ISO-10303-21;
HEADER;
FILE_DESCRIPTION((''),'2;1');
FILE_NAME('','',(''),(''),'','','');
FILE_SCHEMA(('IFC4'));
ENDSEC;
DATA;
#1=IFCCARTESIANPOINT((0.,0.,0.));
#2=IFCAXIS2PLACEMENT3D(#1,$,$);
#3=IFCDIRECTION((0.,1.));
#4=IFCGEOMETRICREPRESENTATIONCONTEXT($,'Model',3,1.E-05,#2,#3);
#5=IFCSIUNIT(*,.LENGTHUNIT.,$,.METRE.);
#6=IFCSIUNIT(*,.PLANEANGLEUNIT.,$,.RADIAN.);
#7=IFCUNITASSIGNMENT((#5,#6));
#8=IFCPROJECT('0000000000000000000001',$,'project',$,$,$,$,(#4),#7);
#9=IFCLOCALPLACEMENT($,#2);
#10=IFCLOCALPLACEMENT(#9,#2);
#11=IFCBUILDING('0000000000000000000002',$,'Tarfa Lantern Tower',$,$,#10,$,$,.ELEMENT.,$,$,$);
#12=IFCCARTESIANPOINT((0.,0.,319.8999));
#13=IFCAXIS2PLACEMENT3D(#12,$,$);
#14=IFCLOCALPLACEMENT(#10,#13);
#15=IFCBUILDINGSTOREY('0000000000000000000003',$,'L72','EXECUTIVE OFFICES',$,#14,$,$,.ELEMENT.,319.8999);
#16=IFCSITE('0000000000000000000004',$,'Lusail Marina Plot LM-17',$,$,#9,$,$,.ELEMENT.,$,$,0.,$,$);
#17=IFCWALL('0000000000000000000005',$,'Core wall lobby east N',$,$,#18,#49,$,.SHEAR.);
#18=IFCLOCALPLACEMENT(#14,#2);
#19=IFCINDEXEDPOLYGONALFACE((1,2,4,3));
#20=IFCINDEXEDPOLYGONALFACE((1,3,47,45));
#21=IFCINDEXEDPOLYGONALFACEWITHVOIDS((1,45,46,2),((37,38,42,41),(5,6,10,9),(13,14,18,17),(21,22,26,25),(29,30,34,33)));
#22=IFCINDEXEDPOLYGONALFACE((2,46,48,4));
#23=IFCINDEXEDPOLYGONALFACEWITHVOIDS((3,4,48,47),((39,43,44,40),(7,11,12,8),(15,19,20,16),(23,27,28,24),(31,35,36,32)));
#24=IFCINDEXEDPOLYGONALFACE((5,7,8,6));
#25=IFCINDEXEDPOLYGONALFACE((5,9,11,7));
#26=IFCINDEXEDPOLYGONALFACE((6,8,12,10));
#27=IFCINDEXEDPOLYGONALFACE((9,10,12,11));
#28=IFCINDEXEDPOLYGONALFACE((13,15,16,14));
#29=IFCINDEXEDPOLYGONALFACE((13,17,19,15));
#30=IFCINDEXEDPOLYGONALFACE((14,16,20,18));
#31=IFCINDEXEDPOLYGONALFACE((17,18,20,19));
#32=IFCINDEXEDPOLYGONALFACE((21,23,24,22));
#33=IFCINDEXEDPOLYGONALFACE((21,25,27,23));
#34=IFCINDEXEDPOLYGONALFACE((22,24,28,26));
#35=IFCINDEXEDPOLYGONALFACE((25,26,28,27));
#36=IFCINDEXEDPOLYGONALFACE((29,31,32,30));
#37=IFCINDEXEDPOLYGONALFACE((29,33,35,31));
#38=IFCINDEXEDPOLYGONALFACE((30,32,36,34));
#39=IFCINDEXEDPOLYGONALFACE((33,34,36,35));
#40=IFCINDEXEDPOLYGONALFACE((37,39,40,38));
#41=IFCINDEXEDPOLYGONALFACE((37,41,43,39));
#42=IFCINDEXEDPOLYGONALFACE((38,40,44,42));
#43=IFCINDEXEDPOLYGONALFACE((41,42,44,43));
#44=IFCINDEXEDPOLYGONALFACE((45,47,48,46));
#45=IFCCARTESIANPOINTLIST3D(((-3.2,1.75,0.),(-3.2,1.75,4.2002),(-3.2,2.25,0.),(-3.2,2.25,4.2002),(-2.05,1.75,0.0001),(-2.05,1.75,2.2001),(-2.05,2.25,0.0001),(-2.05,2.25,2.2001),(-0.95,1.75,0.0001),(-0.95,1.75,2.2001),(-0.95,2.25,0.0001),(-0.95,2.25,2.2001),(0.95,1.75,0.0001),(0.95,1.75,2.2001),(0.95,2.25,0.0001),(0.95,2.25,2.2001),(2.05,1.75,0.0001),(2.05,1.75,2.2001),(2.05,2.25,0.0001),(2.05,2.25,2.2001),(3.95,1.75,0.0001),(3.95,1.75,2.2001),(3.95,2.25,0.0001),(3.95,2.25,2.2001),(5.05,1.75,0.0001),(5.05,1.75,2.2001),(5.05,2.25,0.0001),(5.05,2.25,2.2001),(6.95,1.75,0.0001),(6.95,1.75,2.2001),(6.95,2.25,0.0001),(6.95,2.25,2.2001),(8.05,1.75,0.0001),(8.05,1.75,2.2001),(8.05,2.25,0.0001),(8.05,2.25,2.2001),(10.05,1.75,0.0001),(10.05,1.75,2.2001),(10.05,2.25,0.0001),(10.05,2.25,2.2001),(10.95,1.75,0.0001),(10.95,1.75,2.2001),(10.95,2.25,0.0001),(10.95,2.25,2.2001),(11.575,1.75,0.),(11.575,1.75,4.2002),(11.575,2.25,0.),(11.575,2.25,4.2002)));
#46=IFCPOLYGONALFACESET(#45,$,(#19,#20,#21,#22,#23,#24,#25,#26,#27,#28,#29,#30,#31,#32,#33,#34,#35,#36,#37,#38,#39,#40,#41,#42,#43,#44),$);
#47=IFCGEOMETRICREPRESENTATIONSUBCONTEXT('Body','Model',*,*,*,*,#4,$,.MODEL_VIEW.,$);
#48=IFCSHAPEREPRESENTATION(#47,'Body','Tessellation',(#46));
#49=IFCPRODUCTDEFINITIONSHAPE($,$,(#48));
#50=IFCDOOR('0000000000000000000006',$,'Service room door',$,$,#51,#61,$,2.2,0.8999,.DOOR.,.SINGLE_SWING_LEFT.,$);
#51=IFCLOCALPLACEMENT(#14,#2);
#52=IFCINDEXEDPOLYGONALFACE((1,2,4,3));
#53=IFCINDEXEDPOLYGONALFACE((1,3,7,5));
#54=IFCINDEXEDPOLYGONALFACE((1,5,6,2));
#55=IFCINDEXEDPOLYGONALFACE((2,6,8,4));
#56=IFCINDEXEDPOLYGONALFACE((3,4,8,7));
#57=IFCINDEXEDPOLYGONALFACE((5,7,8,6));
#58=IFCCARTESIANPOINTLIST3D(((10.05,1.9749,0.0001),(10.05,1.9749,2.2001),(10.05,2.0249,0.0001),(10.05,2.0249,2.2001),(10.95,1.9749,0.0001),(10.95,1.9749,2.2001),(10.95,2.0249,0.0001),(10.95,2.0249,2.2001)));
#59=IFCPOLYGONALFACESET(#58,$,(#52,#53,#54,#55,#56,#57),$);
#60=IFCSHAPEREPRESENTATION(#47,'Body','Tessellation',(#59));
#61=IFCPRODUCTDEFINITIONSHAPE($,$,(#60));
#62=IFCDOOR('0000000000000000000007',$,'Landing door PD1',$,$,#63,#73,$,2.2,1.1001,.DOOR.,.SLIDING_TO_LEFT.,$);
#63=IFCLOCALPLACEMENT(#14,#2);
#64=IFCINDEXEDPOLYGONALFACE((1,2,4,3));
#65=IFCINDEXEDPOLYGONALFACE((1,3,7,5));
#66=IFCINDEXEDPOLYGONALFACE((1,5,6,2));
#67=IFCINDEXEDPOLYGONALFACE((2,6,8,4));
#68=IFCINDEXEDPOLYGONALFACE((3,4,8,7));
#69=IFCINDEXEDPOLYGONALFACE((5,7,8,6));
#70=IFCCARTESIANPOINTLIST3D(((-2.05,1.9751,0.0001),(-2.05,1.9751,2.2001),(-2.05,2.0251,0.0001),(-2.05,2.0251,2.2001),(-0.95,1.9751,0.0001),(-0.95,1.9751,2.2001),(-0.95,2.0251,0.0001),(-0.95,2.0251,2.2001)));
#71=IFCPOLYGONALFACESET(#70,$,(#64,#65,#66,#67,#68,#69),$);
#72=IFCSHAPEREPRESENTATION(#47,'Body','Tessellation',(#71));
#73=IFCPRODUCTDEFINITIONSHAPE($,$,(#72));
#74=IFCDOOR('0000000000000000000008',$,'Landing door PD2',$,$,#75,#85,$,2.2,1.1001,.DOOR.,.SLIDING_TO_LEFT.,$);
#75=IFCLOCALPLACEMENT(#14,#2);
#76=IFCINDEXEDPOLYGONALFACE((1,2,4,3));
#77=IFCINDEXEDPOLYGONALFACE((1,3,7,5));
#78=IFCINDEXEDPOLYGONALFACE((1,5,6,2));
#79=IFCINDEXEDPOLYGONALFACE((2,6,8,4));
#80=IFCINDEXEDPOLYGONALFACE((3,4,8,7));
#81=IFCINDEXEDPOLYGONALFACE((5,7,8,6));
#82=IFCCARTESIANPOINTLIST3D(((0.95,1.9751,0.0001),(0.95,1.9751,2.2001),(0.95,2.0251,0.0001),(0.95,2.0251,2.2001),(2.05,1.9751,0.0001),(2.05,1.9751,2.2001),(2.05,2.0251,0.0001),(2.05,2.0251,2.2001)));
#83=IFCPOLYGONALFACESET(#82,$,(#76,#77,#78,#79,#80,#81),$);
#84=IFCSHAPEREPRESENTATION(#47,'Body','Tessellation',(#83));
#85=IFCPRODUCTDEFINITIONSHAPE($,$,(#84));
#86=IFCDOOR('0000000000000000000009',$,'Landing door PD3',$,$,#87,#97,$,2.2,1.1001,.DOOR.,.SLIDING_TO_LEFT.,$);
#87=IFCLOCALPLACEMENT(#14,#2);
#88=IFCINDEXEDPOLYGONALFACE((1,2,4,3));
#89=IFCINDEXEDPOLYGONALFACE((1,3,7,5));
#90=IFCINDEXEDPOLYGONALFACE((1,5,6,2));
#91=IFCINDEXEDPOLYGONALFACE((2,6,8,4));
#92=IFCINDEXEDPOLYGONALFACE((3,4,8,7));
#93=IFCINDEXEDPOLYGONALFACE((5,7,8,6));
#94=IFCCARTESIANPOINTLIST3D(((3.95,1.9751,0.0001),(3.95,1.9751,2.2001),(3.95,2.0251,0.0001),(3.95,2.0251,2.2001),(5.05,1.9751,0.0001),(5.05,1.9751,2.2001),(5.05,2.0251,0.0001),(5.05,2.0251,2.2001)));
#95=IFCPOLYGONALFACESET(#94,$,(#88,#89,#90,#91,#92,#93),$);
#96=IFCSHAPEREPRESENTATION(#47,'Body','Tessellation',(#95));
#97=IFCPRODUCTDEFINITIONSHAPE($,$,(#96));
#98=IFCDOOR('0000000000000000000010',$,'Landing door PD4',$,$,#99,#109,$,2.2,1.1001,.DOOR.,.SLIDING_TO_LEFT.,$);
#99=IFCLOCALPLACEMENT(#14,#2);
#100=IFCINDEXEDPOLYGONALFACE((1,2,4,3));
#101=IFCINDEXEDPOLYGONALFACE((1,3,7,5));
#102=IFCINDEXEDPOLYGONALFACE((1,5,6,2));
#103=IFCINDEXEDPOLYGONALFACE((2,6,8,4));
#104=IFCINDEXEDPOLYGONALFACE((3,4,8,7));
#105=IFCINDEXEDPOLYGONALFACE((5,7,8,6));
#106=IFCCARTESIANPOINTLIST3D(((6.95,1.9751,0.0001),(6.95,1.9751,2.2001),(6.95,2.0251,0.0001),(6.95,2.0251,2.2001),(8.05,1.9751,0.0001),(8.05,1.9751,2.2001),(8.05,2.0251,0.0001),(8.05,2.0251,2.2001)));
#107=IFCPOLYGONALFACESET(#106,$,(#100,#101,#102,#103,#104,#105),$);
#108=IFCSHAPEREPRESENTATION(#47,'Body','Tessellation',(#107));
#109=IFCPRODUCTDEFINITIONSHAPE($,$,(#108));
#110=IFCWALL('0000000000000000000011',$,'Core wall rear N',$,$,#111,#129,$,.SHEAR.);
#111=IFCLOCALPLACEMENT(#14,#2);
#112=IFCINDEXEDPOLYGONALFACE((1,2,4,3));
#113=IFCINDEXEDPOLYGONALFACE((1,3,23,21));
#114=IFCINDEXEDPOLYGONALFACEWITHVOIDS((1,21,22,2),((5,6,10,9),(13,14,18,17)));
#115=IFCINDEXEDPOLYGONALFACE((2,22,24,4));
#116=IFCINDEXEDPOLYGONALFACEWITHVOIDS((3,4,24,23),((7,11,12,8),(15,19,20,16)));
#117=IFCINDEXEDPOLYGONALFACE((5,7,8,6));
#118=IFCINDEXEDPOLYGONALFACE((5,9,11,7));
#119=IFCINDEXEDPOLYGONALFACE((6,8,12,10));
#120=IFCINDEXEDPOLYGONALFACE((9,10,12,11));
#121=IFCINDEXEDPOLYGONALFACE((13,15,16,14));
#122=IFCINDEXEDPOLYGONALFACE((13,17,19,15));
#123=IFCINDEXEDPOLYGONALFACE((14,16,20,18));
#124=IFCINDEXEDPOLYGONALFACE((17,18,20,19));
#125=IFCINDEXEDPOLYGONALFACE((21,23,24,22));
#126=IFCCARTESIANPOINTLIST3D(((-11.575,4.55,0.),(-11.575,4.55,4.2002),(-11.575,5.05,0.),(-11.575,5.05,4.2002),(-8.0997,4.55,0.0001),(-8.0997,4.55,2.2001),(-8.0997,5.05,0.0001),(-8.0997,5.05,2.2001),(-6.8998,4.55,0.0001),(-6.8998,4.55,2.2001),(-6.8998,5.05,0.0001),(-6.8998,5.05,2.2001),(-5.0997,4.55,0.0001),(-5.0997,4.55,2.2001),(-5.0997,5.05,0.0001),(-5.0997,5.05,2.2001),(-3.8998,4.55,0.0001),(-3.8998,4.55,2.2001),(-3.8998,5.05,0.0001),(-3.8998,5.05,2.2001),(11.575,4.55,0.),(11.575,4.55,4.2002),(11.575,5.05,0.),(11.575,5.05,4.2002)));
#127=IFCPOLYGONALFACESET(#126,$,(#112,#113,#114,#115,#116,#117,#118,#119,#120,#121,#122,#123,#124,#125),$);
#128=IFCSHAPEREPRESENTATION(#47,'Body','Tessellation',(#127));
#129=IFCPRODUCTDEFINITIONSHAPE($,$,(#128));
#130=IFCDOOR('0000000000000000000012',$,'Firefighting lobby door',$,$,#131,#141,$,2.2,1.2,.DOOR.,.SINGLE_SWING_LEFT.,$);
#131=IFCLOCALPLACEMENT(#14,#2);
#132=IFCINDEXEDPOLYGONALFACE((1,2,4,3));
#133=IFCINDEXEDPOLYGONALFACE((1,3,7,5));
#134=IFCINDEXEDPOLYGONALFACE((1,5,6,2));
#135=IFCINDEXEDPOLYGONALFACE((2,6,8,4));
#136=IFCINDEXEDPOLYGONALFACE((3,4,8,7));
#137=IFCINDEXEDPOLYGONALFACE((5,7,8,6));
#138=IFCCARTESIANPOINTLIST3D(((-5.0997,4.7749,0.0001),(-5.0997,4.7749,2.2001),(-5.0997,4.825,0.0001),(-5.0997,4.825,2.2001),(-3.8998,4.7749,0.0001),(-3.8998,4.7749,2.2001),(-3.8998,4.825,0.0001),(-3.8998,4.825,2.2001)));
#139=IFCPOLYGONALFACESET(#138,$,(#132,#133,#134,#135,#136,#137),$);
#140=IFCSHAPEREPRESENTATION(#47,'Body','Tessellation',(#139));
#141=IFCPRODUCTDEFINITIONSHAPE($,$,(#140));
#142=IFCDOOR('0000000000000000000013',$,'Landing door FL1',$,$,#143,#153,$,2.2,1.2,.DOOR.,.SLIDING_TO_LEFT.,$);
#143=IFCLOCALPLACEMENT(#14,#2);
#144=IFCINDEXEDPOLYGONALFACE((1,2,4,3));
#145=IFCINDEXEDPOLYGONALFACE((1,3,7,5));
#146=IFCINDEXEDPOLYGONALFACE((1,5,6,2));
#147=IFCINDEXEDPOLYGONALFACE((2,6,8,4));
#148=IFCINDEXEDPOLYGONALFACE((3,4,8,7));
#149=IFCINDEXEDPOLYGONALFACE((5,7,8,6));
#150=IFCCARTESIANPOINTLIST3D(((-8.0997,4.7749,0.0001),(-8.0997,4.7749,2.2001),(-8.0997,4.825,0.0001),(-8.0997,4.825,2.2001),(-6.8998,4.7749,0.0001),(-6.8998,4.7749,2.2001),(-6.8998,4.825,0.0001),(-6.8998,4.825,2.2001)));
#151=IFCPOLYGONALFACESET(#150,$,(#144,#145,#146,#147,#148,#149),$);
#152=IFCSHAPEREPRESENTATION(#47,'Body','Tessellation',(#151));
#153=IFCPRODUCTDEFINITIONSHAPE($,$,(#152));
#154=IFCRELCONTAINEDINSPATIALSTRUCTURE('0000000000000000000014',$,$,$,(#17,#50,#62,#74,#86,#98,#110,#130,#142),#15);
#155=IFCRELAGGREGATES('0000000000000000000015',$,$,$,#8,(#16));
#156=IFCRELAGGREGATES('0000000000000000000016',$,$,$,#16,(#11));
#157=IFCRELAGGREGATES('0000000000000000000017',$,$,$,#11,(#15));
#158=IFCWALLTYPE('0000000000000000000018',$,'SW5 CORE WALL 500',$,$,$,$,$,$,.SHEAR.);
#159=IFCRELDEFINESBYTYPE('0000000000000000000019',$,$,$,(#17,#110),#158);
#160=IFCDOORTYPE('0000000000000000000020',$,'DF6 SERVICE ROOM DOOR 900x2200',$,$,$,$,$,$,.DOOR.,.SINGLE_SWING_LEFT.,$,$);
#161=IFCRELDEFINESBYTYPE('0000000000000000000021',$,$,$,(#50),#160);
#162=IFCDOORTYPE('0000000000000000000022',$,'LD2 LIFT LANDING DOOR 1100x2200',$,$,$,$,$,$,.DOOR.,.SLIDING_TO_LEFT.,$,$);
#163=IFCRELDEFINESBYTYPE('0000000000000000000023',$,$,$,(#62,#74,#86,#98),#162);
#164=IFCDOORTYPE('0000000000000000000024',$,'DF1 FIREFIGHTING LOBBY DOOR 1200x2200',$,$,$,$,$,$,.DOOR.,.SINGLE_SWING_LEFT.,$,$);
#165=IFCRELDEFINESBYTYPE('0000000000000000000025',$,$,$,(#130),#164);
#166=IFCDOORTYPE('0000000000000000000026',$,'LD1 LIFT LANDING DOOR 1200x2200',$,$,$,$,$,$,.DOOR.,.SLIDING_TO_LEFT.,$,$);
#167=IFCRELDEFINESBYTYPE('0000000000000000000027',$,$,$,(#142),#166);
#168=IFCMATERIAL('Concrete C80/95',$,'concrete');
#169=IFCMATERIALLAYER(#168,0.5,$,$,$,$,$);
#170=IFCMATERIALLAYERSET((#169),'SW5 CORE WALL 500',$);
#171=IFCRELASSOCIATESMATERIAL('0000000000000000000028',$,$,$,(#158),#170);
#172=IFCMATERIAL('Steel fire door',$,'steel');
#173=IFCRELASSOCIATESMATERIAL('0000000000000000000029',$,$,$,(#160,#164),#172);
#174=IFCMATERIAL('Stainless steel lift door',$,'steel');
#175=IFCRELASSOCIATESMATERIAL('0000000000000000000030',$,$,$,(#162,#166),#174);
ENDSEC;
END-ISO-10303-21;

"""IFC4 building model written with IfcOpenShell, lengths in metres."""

from ifc_helpers import new_model, si_unit, direction, frame, frame_2d, origin, place, context, subcontext, project, spatial, rectangle, extrude, material, layer, layer_set, type_object, element, fill, save


model = new_model("IFC4")

# Units and contexts
model_context = context("Model", 3, precision=1e-05, world=origin(), true_north=direction((0.0, 1.0)))
body_context = subcontext(model_context, "Body", "Model", "MODEL_VIEW")
ifc_project = project(units=[si_unit("LENGTHUNIT", "METRE"), si_unit("PLANEANGLEUNIT", "RADIAN")], contexts=[model_context])

# Site, building, storey
site_placement = place(None, origin())
site = spatial("IfcSite", under=ifc_project, at=site_placement, Name="Lusail Marina Plot LM-17", CompositionType="ELEMENT", RefElevation=0.0)
building_placement = place(site_placement, origin())
building = spatial("IfcBuilding", under=site, at=building_placement, Name="Tarfa Lantern Tower", CompositionType="ELEMENT")
storey_placement = place(building_placement, frame((0.0, 0.0, 319.8999)))
storey = spatial("IfcBuildingStorey", under=building, at=storey_placement, Name="L72", Description="EXECUTIVE OFFICES", CompositionType="ELEMENT", Elevation=319.8999)

# Shared definitions
ifc_material_1 = material(Name="Concrete C80/95", Category="concrete")

# Shared definitions
ifc_material_2 = material(Name="Steel fire door", Category="steel")
ifc_layer_1 = layer(ifc_material_1, 0.5)
ifc_layer_set_1 = layer_set([ifc_layer_1], Name="SW5 CORE WALL 500")
wall_type_1 = type_object("IfcWallType", Name="SW5 CORE WALL 500", PredefinedType="SHEAR", material=ifc_layer_set_1)
door_type_1 = type_object("IfcDoorType", Name="DF6 SERVICE ROOM DOOR 900x2200", OperationType="SINGLE_SWING_LEFT", PredefinedType="DOOR", material=ifc_material_2)

# Walls, openings, doors
wall_1_placement = place(storey_placement, frame((-3.2, 2.0, 0.0), z_axis=(0.0, 0.0, 1.0), x_axis=(1.0, 0.0, 0.0)))
wall_1 = element("IfcWall", 1, at=wall_1_placement, inside=storey, type_object=wall_type_1, Name="Core wall lobby east N", PredefinedType="SHEAR", context=body_context, shape_type="SweptSolid", body=[
    extrude(rectangle(XDim=14.7749, YDim=0.5, at=frame_2d((7.3875, 0.0))), origin(), (0.0, 0.0, 1.0), 4.2002),
])
opening_1_placement = place(wall_1_placement, frame((13.25, 0.0, 0.0)))
opening_1 = element("IfcOpeningElement", 2, at=opening_1_placement, cuts=wall_1, PredefinedType="OPENING", context=body_context, shape_type="SweptSolid", body=[
    extrude(rectangle(XDim=0.8999, YDim=2.2, at=frame_2d((0.45, 1.1001))), frame((0.0, 0.26, 0.0), z_axis=(0.0, -1.0, 0.0), x_axis=(1.0, 0.0, 0.0)), (0.0, 0.0, 1.0), 0.52),
])
opening_2_placement = place(wall_1_placement, frame((1.1499, 0.0, 0.0)))
opening_2 = element("IfcOpeningElement", 3, at=opening_2_placement, cuts=wall_1, PredefinedType="OPENING", context=body_context, shape_type="SweptSolid", body=[
    extrude(rectangle(XDim=1.1001, YDim=2.2, at=frame_2d((0.55, 1.1001))), frame((0.0, 0.26, 0.0), z_axis=(0.0, -1.0, 0.0), x_axis=(1.0, 0.0, 0.0)), (0.0, 0.0, 1.0), 0.52),
])
opening_3_placement = place(wall_1_placement, frame((4.1499, 0.0, 0.0)))
opening_3 = element("IfcOpeningElement", 4, at=opening_3_placement, cuts=wall_1, PredefinedType="OPENING", context=body_context, shape_type="SweptSolid", body=[
    extrude(rectangle(XDim=1.1001, YDim=2.2, at=frame_2d((0.55, 1.1001))), frame((0.0, 0.26, 0.0), z_axis=(0.0, -1.0, 0.0), x_axis=(1.0, 0.0, 0.0)), (0.0, 0.0, 1.0), 0.52),
])
opening_4_placement = place(wall_1_placement, frame((7.1499, 0.0, 0.0)))
opening_4 = element("IfcOpeningElement", 5, at=opening_4_placement, cuts=wall_1, PredefinedType="OPENING", context=body_context, shape_type="SweptSolid", body=[
    extrude(rectangle(XDim=1.1001, YDim=2.2, at=frame_2d((0.55, 1.1001))), frame((0.0, 0.26, 0.0), z_axis=(0.0, -1.0, 0.0), x_axis=(1.0, 0.0, 0.0)), (0.0, 0.0, 1.0), 0.52),
])
opening_5_placement = place(wall_1_placement, frame((10.1499, 0.0, 0.0)))
opening_5 = element("IfcOpeningElement", 6, at=opening_5_placement, cuts=wall_1, PredefinedType="OPENING", context=body_context, shape_type="SweptSolid", body=[
    extrude(rectangle(XDim=1.1001, YDim=2.2, at=frame_2d((0.55, 1.1001))), frame((0.0, 0.26, 0.0), z_axis=(0.0, -1.0, 0.0), x_axis=(1.0, 0.0, 0.0)), (0.0, 0.0, 1.0), 0.52),
])
door_1_placement = place(opening_1_placement, origin())
door_1 = element("IfcDoor", 7, at=door_1_placement, inside=storey, type_object=door_type_1, Name="Service room door", OperationType="SINGLE_SWING_LEFT", OverallHeight=2.2, OverallWidth=0.8999, PredefinedType="DOOR", context=body_context, shape_type="SweptSolid", body=[
    extrude(rectangle(XDim=0.8999, YDim=2.2, at=frame_2d((0.45, 1.1001))), frame((0.0, 0.0249, 0.0), z_axis=(0.0, -1.0, 0.0), x_axis=(1.0, 0.0, 0.0)), (0.0, 0.0, 1.0), 0.05),
])
fill(opening_1, door_1)
ifc_material_3 = material(Name="Stainless steel lift door", Category="steel")
door_type_2 = type_object("IfcDoorType", Name="LD2 LIFT LANDING DOOR 1100x2200", OperationType="SLIDING_TO_LEFT", PredefinedType="DOOR", material=ifc_material_3)
door_2_placement = place(opening_2_placement, frame((1.1001, 0.0, 0.0), z_axis=(0.0, 0.0, 1.0), x_axis=(-1.0, 0.0, 0.0)))
door_2 = element("IfcDoor", 8, at=door_2_placement, inside=storey, type_object=door_type_2, Name="Landing door PD1", OperationType="SLIDING_TO_LEFT", OverallHeight=2.2, OverallWidth=1.1001, PredefinedType="DOOR", context=body_context, shape_type="SweptSolid", body=[
    extrude(rectangle(XDim=1.1001, YDim=2.2, at=frame_2d((0.55, 1.1001))), frame((0.0, 0.0249, 0.0), z_axis=(0.0, -1.0, 0.0), x_axis=(1.0, 0.0, 0.0)), (0.0, 0.0, 1.0), 0.05),
])
fill(opening_2, door_2)
door_3_placement = place(opening_3_placement, frame((1.1001, 0.0, 0.0), z_axis=(0.0, 0.0, 1.0), x_axis=(-1.0, 0.0, 0.0)))
door_3 = element("IfcDoor", 9, at=door_3_placement, inside=storey, type_object=door_type_2, Name="Landing door PD2", OperationType="SLIDING_TO_LEFT", OverallHeight=2.2, OverallWidth=1.1001, PredefinedType="DOOR", context=body_context, shape_type="SweptSolid", body=[
    extrude(rectangle(XDim=1.1001, YDim=2.2, at=frame_2d((0.55, 1.1001))), frame((0.0, 0.0249, 0.0), z_axis=(0.0, -1.0, 0.0), x_axis=(1.0, 0.0, 0.0)), (0.0, 0.0, 1.0), 0.05),
])
fill(opening_3, door_3)
door_4_placement = place(opening_4_placement, frame((1.1001, 0.0, 0.0), z_axis=(0.0, 0.0, 1.0), x_axis=(-1.0, 0.0, 0.0)))
door_4 = element("IfcDoor", 10, at=door_4_placement, inside=storey, type_object=door_type_2, Name="Landing door PD3", OperationType="SLIDING_TO_LEFT", OverallHeight=2.2, OverallWidth=1.1001, PredefinedType="DOOR", context=body_context, shape_type="SweptSolid", body=[
    extrude(rectangle(XDim=1.1001, YDim=2.2, at=frame_2d((0.55, 1.1001))), frame((0.0, 0.0249, 0.0), z_axis=(0.0, -1.0, 0.0), x_axis=(1.0, 0.0, 0.0)), (0.0, 0.0, 1.0), 0.05),
])
fill(opening_4, door_4)
door_5_placement = place(opening_5_placement, frame((1.1001, 0.0, 0.0), z_axis=(0.0, 0.0, 1.0), x_axis=(-1.0, 0.0, 0.0)))
door_5 = element("IfcDoor", 11, at=door_5_placement, inside=storey, type_object=door_type_2, Name="Landing door PD4", OperationType="SLIDING_TO_LEFT", OverallHeight=2.2, OverallWidth=1.1001, PredefinedType="DOOR", context=body_context, shape_type="SweptSolid", body=[
    extrude(rectangle(XDim=1.1001, YDim=2.2, at=frame_2d((0.55, 1.1001))), frame((0.0, 0.0249, 0.0), z_axis=(0.0, -1.0, 0.0), x_axis=(1.0, 0.0, 0.0)), (0.0, 0.0, 1.0), 0.05),
])
fill(opening_5, door_5)
wall_2_placement = place(storey_placement, frame((-11.575, 4.8, 0.0), z_axis=(0.0, 0.0, 1.0), x_axis=(1.0, 0.0, 0.0)))
wall_2 = element("IfcWall", 12, at=wall_2_placement, inside=storey, type_object=wall_type_1, Name="Core wall rear N", PredefinedType="SHEAR", context=body_context, shape_type="SweptSolid", body=[
    extrude(rectangle(XDim=23.1499, YDim=0.5, at=frame_2d((11.575, 0.0))), origin(), (0.0, 0.0, 1.0), 4.2002),
])
opening_6_placement = place(wall_2_placement, frame((6.4751, 0.0, 0.0)))
opening_6 = element("IfcOpeningElement", 13, at=opening_6_placement, cuts=wall_2, PredefinedType="OPENING", context=body_context, shape_type="SweptSolid", body=[
    extrude(rectangle(XDim=1.2, YDim=2.2, at=frame_2d((0.6001, 1.1001))), frame((0.0, 0.26, 0.0), z_axis=(0.0, -1.0, 0.0), x_axis=(1.0, 0.0, 0.0)), (0.0, 0.0, 1.0), 0.52),
])
opening_7_placement = place(wall_2_placement, frame((3.4751, 0.0, 0.0)))
opening_7 = element("IfcOpeningElement", 14, at=opening_7_placement, cuts=wall_2, PredefinedType="OPENING", context=body_context, shape_type="SweptSolid", body=[
    extrude(rectangle(XDim=1.2, YDim=2.2, at=frame_2d((0.6001, 1.1001))), frame((0.0, 0.26, 0.0), z_axis=(0.0, -1.0, 0.0), x_axis=(1.0, 0.0, 0.0)), (0.0, 0.0, 1.0), 0.52),
])
door_type_3 = type_object("IfcDoorType", Name="DF1 FIREFIGHTING LOBBY DOOR 1200x2200", OperationType="SINGLE_SWING_LEFT", PredefinedType="DOOR", material=ifc_material_2)
door_6_placement = place(opening_6_placement, origin())
door_6 = element("IfcDoor", 15, at=door_6_placement, inside=storey, type_object=door_type_3, Name="Firefighting lobby door", OperationType="SINGLE_SWING_LEFT", OverallHeight=2.2, OverallWidth=1.2, PredefinedType="DOOR", context=body_context, shape_type="SweptSolid", body=[
    extrude(rectangle(XDim=1.2, YDim=2.2, at=frame_2d((0.6001, 1.1001))), frame((0.0, 0.0249, 0.0), z_axis=(0.0, -1.0, 0.0), x_axis=(1.0, 0.0, 0.0)), (0.0, 0.0, 1.0), 0.05),
])
fill(opening_6, door_6)
door_type_4 = type_object("IfcDoorType", Name="LD1 LIFT LANDING DOOR 1200x2200", OperationType="SLIDING_TO_LEFT", PredefinedType="DOOR", material=ifc_material_3)
door_7_placement = place(opening_7_placement, origin())
door_7 = element("IfcDoor", 16, at=door_7_placement, inside=storey, type_object=door_type_4, Name="Landing door FL1", OperationType="SLIDING_TO_LEFT", OverallHeight=2.2, OverallWidth=1.2, PredefinedType="DOOR", context=body_context, shape_type="SweptSolid", body=[
    extrude(rectangle(XDim=1.2, YDim=2.2, at=frame_2d((0.6001, 1.1001))), frame((0.0, 0.0249, 0.0), z_axis=(0.0, -1.0, 0.0), x_axis=(1.0, 0.0, 0.0)), (0.0, 0.0, 1.0), 0.05),
])
fill(opening_7, door_7)

save(model, "model.ifc")
